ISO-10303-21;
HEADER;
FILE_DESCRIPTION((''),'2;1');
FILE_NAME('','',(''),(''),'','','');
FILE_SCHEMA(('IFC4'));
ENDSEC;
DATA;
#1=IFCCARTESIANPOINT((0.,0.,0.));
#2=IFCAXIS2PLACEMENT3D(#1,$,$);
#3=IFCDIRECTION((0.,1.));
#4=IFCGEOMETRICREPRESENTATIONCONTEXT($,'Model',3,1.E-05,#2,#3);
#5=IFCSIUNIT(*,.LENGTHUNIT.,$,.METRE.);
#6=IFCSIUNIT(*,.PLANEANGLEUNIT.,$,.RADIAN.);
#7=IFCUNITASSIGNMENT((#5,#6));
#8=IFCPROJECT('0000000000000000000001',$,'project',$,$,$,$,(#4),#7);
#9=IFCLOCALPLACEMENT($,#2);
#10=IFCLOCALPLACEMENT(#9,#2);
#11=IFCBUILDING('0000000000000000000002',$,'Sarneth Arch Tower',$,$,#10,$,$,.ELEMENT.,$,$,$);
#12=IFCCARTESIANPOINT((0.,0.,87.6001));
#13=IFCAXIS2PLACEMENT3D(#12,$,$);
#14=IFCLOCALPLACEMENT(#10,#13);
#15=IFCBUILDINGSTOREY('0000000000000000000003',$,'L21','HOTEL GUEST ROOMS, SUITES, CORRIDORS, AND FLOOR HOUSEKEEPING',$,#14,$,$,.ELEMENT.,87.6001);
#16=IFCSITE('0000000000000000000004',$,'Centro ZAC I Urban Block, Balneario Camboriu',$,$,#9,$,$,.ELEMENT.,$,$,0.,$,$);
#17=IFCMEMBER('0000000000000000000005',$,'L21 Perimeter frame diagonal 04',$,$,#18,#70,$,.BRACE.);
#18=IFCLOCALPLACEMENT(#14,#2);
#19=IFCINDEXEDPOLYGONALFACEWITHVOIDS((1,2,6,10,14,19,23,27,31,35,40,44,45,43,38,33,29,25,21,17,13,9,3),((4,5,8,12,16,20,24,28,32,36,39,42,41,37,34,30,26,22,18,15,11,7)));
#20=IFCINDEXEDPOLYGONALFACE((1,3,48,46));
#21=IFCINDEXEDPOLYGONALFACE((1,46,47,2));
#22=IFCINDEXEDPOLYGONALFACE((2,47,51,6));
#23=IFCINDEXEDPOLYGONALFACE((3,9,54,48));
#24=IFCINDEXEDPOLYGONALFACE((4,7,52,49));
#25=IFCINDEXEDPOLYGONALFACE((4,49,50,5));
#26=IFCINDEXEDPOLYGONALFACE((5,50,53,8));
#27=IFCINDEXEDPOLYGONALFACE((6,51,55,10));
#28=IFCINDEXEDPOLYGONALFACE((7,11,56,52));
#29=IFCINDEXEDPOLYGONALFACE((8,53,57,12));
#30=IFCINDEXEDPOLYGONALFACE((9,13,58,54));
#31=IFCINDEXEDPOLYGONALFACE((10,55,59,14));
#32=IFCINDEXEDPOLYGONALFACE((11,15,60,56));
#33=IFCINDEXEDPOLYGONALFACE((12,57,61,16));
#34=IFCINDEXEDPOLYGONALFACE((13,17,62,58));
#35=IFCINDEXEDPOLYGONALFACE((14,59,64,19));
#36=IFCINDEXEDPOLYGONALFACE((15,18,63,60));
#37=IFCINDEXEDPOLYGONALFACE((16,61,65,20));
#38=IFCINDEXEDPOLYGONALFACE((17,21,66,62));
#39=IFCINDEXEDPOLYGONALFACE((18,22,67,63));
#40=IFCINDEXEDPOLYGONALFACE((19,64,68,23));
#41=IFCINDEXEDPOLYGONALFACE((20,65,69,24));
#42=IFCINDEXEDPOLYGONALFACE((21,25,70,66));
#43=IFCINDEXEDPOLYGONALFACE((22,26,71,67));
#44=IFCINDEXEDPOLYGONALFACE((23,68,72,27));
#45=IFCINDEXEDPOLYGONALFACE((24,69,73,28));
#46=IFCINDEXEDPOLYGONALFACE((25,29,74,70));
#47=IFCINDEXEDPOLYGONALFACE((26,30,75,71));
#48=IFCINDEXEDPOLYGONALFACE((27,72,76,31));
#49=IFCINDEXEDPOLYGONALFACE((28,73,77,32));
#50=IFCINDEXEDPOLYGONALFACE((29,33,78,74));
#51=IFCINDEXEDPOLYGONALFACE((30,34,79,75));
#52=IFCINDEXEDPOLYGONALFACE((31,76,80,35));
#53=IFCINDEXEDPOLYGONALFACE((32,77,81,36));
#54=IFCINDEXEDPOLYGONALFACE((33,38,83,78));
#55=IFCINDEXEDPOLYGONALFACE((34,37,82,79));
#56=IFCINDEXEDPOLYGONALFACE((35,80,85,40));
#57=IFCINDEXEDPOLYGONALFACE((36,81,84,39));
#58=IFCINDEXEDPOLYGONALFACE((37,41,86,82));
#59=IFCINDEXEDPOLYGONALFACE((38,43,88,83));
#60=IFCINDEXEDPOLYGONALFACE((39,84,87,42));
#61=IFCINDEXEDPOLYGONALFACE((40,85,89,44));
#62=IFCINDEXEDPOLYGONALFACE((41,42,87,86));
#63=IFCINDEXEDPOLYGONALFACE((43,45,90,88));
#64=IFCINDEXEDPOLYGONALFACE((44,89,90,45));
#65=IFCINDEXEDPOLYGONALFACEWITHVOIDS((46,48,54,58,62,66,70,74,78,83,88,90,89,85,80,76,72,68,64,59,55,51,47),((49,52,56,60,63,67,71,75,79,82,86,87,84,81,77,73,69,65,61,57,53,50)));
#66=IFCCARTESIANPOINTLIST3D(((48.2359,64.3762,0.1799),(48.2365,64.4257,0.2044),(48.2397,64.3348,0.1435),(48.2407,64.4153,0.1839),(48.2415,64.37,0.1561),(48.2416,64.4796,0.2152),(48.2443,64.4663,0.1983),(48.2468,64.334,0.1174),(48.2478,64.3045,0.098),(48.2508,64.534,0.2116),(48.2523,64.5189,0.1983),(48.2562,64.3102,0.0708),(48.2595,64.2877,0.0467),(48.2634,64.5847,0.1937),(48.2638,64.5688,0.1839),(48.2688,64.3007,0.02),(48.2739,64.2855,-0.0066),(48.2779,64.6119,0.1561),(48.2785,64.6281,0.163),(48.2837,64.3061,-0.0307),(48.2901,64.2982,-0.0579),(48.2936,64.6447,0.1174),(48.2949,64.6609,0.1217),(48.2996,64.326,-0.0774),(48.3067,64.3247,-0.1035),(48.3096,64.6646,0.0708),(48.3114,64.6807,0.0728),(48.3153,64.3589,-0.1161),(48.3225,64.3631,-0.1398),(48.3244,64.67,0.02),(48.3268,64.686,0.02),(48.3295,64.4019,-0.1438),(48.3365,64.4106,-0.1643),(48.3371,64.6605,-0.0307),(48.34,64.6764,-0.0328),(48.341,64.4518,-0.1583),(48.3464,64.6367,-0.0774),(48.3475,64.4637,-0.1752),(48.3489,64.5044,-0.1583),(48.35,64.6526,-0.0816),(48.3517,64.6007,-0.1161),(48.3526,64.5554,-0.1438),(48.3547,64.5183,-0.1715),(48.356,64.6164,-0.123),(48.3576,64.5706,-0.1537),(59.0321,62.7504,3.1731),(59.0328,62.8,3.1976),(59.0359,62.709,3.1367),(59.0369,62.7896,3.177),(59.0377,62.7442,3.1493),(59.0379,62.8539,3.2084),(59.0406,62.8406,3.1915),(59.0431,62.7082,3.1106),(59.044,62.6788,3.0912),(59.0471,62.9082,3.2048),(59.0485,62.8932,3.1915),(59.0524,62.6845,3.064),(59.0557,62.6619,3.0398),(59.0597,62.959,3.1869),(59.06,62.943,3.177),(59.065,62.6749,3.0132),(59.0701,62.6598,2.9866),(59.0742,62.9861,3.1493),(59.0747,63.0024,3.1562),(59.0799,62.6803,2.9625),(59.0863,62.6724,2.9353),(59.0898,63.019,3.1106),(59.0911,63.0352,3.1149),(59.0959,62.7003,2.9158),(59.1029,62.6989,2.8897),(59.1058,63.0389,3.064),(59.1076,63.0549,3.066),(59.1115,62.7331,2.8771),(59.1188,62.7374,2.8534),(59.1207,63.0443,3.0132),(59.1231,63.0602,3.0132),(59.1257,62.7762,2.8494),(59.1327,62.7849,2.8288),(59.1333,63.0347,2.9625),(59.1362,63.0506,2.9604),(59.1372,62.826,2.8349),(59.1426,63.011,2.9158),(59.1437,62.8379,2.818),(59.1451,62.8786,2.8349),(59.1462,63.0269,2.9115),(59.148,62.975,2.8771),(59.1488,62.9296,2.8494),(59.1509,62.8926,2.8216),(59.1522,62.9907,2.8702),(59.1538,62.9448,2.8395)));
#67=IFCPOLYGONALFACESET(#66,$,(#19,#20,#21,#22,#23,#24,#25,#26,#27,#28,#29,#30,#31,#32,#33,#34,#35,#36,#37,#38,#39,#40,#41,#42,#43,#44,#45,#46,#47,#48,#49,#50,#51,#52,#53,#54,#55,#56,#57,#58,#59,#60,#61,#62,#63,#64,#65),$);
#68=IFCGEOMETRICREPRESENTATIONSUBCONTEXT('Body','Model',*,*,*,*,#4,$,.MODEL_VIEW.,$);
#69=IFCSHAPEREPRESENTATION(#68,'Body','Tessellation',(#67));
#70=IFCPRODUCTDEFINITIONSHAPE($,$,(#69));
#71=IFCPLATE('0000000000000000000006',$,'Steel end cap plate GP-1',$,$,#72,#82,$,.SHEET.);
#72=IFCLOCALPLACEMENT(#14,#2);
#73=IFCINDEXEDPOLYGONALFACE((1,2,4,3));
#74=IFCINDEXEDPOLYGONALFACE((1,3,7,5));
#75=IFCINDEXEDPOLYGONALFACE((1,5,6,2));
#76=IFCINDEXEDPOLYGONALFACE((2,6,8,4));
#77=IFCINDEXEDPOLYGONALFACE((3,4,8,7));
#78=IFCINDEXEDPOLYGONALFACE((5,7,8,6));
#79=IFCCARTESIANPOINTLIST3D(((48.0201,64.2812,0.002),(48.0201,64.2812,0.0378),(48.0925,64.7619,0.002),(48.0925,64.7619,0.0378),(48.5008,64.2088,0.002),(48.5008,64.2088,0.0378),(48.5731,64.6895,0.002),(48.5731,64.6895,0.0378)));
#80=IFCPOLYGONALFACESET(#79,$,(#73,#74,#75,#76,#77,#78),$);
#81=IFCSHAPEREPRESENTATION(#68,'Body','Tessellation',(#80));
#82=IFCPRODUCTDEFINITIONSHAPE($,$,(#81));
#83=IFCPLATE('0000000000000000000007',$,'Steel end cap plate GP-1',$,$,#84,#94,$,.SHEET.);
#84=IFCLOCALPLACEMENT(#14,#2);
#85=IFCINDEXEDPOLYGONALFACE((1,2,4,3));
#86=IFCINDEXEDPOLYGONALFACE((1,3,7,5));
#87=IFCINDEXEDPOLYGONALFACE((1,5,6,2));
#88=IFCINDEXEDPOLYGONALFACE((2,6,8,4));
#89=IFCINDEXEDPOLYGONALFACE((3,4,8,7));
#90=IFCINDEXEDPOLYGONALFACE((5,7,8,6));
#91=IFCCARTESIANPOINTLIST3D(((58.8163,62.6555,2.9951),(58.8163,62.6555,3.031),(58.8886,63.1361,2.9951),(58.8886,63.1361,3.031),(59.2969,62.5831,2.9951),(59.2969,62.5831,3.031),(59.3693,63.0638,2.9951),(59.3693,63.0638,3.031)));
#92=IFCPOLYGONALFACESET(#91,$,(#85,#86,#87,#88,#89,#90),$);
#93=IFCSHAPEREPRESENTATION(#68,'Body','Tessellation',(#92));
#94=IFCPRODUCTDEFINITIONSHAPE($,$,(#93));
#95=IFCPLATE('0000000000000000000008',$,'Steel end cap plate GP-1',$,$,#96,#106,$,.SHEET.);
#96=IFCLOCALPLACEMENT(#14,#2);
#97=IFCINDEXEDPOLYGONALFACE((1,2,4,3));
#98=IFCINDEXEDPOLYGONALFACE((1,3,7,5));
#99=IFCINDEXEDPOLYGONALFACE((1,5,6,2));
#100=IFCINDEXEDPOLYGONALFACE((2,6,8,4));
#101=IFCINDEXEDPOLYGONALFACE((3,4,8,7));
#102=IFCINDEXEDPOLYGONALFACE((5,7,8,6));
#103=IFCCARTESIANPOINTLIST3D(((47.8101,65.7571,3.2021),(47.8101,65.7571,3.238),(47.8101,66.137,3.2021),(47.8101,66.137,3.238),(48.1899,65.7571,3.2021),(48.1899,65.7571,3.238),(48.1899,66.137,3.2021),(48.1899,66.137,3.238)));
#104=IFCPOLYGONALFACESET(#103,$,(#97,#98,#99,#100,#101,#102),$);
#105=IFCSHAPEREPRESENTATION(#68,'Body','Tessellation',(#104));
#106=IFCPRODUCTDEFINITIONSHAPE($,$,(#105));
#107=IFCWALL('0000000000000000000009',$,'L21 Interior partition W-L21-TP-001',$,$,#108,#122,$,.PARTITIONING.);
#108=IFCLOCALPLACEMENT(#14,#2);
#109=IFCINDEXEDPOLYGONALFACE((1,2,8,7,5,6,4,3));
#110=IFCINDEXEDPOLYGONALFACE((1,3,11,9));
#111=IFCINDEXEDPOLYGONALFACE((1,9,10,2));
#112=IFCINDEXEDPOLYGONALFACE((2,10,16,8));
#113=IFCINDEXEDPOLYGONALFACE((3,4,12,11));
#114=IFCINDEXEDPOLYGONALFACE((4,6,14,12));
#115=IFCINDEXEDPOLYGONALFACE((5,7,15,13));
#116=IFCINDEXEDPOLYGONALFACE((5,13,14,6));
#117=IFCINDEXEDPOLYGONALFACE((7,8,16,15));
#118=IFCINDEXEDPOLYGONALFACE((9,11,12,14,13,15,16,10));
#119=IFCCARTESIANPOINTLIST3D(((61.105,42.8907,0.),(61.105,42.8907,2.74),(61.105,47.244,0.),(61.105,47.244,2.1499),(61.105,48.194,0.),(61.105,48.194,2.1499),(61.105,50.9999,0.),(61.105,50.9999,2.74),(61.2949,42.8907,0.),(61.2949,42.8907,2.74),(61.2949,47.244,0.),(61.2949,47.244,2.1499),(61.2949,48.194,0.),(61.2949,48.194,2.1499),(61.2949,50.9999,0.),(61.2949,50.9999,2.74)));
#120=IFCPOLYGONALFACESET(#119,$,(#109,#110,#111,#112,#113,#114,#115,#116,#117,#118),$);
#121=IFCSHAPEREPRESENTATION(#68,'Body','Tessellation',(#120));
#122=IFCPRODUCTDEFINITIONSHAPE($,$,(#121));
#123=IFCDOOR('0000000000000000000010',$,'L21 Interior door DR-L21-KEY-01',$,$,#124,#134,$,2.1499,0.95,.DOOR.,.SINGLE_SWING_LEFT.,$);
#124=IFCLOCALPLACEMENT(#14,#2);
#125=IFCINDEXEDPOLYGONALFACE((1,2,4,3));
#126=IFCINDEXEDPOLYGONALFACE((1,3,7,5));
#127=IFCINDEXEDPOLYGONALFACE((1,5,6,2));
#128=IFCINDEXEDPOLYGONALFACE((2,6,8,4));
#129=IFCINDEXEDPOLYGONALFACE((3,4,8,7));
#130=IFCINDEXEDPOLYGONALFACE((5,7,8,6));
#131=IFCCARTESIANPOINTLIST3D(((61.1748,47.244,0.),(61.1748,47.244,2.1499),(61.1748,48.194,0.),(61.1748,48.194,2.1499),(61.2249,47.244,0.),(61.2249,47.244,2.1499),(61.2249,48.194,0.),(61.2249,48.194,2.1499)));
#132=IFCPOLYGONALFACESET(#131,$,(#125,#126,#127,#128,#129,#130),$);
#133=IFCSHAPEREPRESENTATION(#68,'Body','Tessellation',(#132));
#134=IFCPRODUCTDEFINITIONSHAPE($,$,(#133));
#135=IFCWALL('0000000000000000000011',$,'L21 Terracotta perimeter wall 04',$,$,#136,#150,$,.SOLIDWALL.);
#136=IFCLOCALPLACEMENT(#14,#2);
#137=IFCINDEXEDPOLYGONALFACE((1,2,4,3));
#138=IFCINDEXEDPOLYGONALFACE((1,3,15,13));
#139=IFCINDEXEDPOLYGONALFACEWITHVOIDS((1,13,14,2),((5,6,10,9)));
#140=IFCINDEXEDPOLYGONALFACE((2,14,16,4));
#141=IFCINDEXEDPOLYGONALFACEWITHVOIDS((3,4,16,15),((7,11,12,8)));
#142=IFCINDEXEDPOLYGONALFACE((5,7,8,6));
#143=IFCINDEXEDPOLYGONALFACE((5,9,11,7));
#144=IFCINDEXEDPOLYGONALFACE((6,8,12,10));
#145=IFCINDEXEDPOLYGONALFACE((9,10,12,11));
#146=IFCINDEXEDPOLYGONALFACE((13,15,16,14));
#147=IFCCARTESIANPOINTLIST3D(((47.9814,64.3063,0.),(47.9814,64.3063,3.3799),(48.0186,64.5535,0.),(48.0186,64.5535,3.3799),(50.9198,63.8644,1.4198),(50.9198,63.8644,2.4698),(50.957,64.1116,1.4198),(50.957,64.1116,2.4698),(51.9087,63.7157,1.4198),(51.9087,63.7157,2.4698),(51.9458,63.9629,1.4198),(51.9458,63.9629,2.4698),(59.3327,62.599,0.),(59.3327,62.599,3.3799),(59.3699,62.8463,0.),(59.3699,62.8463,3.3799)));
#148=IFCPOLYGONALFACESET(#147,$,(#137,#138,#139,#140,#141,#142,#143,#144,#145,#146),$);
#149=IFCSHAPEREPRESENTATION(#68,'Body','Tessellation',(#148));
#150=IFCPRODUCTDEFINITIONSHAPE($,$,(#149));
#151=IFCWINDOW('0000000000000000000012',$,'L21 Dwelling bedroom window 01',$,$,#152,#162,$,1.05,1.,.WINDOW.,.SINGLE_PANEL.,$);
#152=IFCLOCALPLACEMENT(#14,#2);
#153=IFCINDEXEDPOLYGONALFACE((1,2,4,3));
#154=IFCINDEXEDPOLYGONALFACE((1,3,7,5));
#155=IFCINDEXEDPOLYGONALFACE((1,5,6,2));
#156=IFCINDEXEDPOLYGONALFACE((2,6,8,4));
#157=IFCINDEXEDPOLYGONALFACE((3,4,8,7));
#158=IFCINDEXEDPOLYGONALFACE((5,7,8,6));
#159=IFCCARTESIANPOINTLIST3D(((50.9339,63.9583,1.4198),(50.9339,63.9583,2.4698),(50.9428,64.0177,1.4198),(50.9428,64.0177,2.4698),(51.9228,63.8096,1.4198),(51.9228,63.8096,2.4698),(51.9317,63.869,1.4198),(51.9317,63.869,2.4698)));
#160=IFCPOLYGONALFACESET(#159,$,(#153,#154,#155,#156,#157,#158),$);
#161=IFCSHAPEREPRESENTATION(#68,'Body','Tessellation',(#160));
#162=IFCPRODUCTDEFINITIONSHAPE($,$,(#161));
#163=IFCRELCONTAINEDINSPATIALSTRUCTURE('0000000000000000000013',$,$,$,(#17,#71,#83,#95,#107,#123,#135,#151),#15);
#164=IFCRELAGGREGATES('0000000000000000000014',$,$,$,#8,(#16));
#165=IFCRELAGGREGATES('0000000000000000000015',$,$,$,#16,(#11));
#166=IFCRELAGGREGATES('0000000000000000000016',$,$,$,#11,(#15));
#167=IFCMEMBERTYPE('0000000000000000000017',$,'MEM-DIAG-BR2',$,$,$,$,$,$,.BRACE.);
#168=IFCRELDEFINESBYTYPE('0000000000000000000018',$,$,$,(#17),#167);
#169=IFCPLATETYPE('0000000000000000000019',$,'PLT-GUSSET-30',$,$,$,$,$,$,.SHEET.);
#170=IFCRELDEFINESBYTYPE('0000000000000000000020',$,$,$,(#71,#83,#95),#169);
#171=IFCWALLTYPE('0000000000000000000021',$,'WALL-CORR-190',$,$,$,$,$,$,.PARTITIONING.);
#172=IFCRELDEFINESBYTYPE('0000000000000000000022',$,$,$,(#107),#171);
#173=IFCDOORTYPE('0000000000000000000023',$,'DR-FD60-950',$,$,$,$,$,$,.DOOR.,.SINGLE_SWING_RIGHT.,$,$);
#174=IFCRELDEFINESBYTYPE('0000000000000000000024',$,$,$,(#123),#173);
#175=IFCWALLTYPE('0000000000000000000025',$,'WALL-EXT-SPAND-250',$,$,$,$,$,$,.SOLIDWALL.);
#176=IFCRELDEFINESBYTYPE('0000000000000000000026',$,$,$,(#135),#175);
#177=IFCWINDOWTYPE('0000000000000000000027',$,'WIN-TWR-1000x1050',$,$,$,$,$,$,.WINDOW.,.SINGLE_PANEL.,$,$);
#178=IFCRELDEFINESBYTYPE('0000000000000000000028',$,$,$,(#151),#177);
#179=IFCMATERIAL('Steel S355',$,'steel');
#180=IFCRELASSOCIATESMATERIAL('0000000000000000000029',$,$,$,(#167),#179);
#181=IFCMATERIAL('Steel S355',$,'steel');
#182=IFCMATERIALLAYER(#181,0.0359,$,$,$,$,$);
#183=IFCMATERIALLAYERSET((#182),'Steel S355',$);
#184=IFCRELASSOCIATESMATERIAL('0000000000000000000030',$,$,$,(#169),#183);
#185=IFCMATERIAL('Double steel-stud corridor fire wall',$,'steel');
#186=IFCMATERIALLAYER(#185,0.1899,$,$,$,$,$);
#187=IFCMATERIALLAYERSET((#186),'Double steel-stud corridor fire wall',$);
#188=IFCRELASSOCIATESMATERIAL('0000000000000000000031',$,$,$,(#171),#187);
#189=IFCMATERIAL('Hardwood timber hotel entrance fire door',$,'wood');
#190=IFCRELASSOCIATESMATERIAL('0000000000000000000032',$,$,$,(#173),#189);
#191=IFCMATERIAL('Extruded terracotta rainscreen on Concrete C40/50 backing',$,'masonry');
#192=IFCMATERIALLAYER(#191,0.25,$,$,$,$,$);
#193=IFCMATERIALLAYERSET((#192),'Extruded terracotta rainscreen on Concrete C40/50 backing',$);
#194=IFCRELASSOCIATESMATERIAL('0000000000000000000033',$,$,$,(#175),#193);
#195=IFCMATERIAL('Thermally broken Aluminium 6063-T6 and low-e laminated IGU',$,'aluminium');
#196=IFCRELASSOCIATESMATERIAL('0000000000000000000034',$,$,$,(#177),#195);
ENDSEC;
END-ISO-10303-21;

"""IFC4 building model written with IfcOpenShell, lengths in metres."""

from ifc_helpers import new_model, si_unit, direction, frame, frame_2d, origin, origin_2d, place, context, subcontext, project, spatial, rectangle, hollow_circle, extrude, material, layer, layer_set, material_profile, profile_set, type_object, element, fill, save


model = new_model("IFC4")

# Units and contexts
model_context = context("Model", 3, precision=1e-05, world=origin(), true_north=direction((0.0, 1.0)))
body_context = subcontext(model_context, "Body", "Model", "MODEL_VIEW")
ifc_project = project(units=[si_unit("LENGTHUNIT", "METRE"), si_unit("PLANEANGLEUNIT", "RADIAN")], contexts=[model_context])

# Site, building, storey
site_placement = place(None, origin())
site = spatial("IfcSite", under=ifc_project, at=site_placement, Name="Centro ZAC I Urban Block, Balneario Camboriu", CompositionType="ELEMENT", RefElevation=0.0)
building_placement = place(site_placement, origin())
building = spatial("IfcBuilding", under=site, at=building_placement, Name="Sarneth Arch Tower", CompositionType="ELEMENT")
storey_placement = place(building_placement, frame((0.0, 0.0, 87.6001)))
storey = spatial("IfcBuildingStorey", under=building, at=storey_placement, Name="L21", Description="HOTEL GUEST ROOMS, SUITES, CORRIDORS, AND FLOOR HOUSEKEEPING", CompositionType="ELEMENT", Elevation=87.6001)

# Member
ifc_material_1 = material(Name="Steel S355", Category="steel")
ifc_material_profile_1 = material_profile(ifc_material_1, hollow_circle(Radius=0.2029, WallThickness=0.0161, at=origin_2d()), Name="CHS406x16")
ifc_profile_set_1 = profile_set([ifc_material_profile_1], Name="Steel S355")
member_type_1 = type_object("IfcMemberType", Name="MEM-DIAG-BR2", PredefinedType="BRACE", material=ifc_profile_set_1)
member_1_placement = place(storey_placement, frame((48.2966, 64.4854, 0.02), z_axis=(0.953662, -0.143607, 0.264397), x_axis=(0.148906, 0.988851, 0.0)))
element("IfcMember", 1, at=member_1_placement, inside=storey, type_object=member_type_1, Name="L21 Perimeter frame diagonal 04", PredefinedType="BRACE", context=body_context, shape_type="SweptSolid", body=[
    extrude(hollow_circle(Radius=0.2029, WallThickness=0.0161, at=origin_2d()), origin(), (0.0, 0.0, 1.0), 11.3208),
])

# Plates
ifc_material_2 = material(Name="Steel S355", Category="steel")
ifc_layer_1 = layer(ifc_material_2, 0.0359)
ifc_layer_set_1 = layer_set([ifc_layer_1], Name="Steel S355")
plate_type = type_object("IfcPlateType", Name="PLT-GUSSET-30", PredefinedType="SHEET", material=ifc_layer_set_1)
for number, where, z_axis, x_axis, name in (
    (2, (48.2966, 64.4854, 0.002), (0.0, 0.0, 1.0), (-0.988861, 0.148845, 0.0), "Steel end cap plate GP-1"),
    (3, (59.0928, 62.8596, 2.9951), (0.0, 0.0, 1.0), (-0.988861, 0.148845, 0.0), "Steel end cap plate GP-1"),
):
    element("IfcPlate", number, at=place(storey_placement, frame(where, z_axis=z_axis, x_axis=x_axis)), inside=storey, type_object=plate_type, Name=name, PredefinedType="SHEET", context=body_context, shape_type="SweptSolid", body=[
        extrude(rectangle(XDim=0.4861, YDim=0.4861, at=origin_2d()), origin(), (0.0, 0.0, 1.0), 0.0359),
    ])
plate_placement = place(storey_placement, frame((48.0, 65.947, 3.2021), z_axis=(0.0, 0.0, 1.0), x_axis=(0.0, 1.0, 0.0)))
element("IfcPlate", 4, at=plate_placement, inside=storey, type_object=plate_type, Name="Steel end cap plate GP-1", PredefinedType="SHEET", context=body_context, shape_type="SweptSolid", body=[
    extrude(rectangle(XDim=0.3799, YDim=0.3799, at=origin_2d()), origin(), (0.0, 0.0, 1.0), 0.0359),
])

# Wall, opening, door
ifc_material_3 = material(Name="Double steel-stud corridor fire wall", Category="steel")
ifc_layer_2 = layer(ifc_material_3, 0.1899)
ifc_layer_set_2 = layer_set([ifc_layer_2], Name="Double steel-stud corridor fire wall")
wall_type_1 = type_object("IfcWallType", Name="WALL-CORR-190", PredefinedType="PARTITIONING", material=ifc_layer_set_2)
wall_1_placement = place(storey_placement, frame((61.2, 51.0, 0.0), z_axis=(0.0, 0.0, 1.0), x_axis=(0.0, -1.0, 0.0)))
wall_1 = element("IfcWall", 5, at=wall_1_placement, inside=storey, type_object=wall_type_1, Name="L21 Interior partition W-L21-TP-001", PredefinedType="PARTITIONING", context=body_context, shape_type="SweptSolid", body=[
    extrude(rectangle(XDim=8.1091, YDim=0.1899, at=frame_2d((4.0547, 0.0))), origin(), (0.0, 0.0, 1.0), 2.74),
])
opening_1_placement = place(wall_1_placement, frame((2.8059, 0.0, 0.0)))
opening_1 = element("IfcOpeningElement", 6, at=opening_1_placement, cuts=wall_1, PredefinedType="OPENING", context=body_context, shape_type="SweptSolid", body=[
    extrude(rectangle(XDim=0.95, YDim=2.1499, at=frame_2d((0.4751, 1.075))), frame((0.0, 0.105, 0.0), z_axis=(0.0, -1.0, 0.0), x_axis=(1.0, 0.0, 0.0)), (0.0, 0.0, 1.0), 0.21),
])
ifc_material_4 = material(Name="Hardwood timber hotel entrance fire door", Category="wood")
door_type_1 = type_object("IfcDoorType", Name="DR-FD60-950", OperationType="SINGLE_SWING_RIGHT", PredefinedType="DOOR", material=ifc_material_4)
door_1_placement = place(opening_1_placement, origin())
door_1 = element("IfcDoor", 7, at=door_1_placement, inside=storey, type_object=door_type_1, Name="L21 Interior door DR-L21-KEY-01", OperationType="SINGLE_SWING_LEFT", OverallHeight=2.1499, OverallWidth=0.95, PredefinedType="DOOR", context=body_context, shape_type="SweptSolid", body=[
    extrude(rectangle(XDim=0.95, YDim=2.1499, at=frame_2d((0.4751, 1.075))), frame((0.0, 0.0249, 0.0), z_axis=(0.0, -1.0, 0.0), x_axis=(1.0, 0.0, 0.0)), (0.0, 0.0, 1.0), 0.05),
])
fill(opening_1, door_1)

# Wall, opening, window
ifc_material_5 = material(Name="Extruded terracotta rainscreen on Concrete C40/50 backing", Category="masonry")
ifc_layer_3 = layer(ifc_material_5, 0.25)
ifc_layer_set_3 = layer_set([ifc_layer_3], Name="Extruded terracotta rainscreen on Concrete C40/50 backing")
wall_type_2 = type_object("IfcWallType", Name="WALL-EXT-SPAND-250", PredefinedType="SOLIDWALL", material=ifc_layer_set_3)
wall_2_placement = place(storey_placement, frame((59.3513, 62.7227, 0.0), z_axis=(0.0, 0.0, 1.0), x_axis=(-0.988878, 0.14873, 0.0)))
wall_2 = element("IfcWall", 8, at=wall_2_placement, inside=storey, type_object=wall_type_2, Name="L21 Terracotta perimeter wall 04", PredefinedType="SOLIDWALL", context=body_context, shape_type="SweptSolid", body=[
    extrude(rectangle(XDim=11.479, YDim=0.25, at=frame_2d((5.7395, 0.0))), origin(), (0.0, 0.0, 1.0), 3.3799),
])
opening_2_placement = place(wall_2_placement, frame((7.5076, 0.0, 1.4199)))
opening_2 = element("IfcOpeningElement", 9, at=opening_2_placement, cuts=wall_2, PredefinedType="OPENING", context=body_context, shape_type="SweptSolid", body=[
    extrude(rectangle(XDim=1.0, YDim=1.05, at=frame_2d((0.5, 0.5249))), frame((0.0, 0.135, 0.0), z_axis=(0.0, -1.0, 0.0), x_axis=(1.0, 0.0, 0.0)), (0.0, 0.0, 1.0), 0.27),
])
ifc_material_6 = material(Name="Thermally broken Aluminium 6063-T6 and low-e laminated IGU", Category="aluminium")
window_type = type_object("IfcWindowType", Name="WIN-TWR-1000x1050", PartitioningType="SINGLE_PANEL", PredefinedType="WINDOW", material=ifc_material_6)
window_placement = place(opening_2_placement, origin())
window = element("IfcWindow", 10, at=window_placement, inside=storey, type_object=window_type, Name="L21 Dwelling bedroom window 01", OverallHeight=1.05, OverallWidth=1.0, PartitioningType="SINGLE_PANEL", PredefinedType="WINDOW", context=body_context, shape_type="SweptSolid", body=[
    extrude(rectangle(XDim=1.0, YDim=1.05, at=frame_2d((0.5, 0.5249))), frame((0.0, 0.03, 0.0), z_axis=(0.0, -1.0, 0.0), x_axis=(1.0, 0.0, 0.0)), (0.0, 0.0, 1.0), 0.0601),
])
fill(opening_2, window)

save(model, "model.ifc")
